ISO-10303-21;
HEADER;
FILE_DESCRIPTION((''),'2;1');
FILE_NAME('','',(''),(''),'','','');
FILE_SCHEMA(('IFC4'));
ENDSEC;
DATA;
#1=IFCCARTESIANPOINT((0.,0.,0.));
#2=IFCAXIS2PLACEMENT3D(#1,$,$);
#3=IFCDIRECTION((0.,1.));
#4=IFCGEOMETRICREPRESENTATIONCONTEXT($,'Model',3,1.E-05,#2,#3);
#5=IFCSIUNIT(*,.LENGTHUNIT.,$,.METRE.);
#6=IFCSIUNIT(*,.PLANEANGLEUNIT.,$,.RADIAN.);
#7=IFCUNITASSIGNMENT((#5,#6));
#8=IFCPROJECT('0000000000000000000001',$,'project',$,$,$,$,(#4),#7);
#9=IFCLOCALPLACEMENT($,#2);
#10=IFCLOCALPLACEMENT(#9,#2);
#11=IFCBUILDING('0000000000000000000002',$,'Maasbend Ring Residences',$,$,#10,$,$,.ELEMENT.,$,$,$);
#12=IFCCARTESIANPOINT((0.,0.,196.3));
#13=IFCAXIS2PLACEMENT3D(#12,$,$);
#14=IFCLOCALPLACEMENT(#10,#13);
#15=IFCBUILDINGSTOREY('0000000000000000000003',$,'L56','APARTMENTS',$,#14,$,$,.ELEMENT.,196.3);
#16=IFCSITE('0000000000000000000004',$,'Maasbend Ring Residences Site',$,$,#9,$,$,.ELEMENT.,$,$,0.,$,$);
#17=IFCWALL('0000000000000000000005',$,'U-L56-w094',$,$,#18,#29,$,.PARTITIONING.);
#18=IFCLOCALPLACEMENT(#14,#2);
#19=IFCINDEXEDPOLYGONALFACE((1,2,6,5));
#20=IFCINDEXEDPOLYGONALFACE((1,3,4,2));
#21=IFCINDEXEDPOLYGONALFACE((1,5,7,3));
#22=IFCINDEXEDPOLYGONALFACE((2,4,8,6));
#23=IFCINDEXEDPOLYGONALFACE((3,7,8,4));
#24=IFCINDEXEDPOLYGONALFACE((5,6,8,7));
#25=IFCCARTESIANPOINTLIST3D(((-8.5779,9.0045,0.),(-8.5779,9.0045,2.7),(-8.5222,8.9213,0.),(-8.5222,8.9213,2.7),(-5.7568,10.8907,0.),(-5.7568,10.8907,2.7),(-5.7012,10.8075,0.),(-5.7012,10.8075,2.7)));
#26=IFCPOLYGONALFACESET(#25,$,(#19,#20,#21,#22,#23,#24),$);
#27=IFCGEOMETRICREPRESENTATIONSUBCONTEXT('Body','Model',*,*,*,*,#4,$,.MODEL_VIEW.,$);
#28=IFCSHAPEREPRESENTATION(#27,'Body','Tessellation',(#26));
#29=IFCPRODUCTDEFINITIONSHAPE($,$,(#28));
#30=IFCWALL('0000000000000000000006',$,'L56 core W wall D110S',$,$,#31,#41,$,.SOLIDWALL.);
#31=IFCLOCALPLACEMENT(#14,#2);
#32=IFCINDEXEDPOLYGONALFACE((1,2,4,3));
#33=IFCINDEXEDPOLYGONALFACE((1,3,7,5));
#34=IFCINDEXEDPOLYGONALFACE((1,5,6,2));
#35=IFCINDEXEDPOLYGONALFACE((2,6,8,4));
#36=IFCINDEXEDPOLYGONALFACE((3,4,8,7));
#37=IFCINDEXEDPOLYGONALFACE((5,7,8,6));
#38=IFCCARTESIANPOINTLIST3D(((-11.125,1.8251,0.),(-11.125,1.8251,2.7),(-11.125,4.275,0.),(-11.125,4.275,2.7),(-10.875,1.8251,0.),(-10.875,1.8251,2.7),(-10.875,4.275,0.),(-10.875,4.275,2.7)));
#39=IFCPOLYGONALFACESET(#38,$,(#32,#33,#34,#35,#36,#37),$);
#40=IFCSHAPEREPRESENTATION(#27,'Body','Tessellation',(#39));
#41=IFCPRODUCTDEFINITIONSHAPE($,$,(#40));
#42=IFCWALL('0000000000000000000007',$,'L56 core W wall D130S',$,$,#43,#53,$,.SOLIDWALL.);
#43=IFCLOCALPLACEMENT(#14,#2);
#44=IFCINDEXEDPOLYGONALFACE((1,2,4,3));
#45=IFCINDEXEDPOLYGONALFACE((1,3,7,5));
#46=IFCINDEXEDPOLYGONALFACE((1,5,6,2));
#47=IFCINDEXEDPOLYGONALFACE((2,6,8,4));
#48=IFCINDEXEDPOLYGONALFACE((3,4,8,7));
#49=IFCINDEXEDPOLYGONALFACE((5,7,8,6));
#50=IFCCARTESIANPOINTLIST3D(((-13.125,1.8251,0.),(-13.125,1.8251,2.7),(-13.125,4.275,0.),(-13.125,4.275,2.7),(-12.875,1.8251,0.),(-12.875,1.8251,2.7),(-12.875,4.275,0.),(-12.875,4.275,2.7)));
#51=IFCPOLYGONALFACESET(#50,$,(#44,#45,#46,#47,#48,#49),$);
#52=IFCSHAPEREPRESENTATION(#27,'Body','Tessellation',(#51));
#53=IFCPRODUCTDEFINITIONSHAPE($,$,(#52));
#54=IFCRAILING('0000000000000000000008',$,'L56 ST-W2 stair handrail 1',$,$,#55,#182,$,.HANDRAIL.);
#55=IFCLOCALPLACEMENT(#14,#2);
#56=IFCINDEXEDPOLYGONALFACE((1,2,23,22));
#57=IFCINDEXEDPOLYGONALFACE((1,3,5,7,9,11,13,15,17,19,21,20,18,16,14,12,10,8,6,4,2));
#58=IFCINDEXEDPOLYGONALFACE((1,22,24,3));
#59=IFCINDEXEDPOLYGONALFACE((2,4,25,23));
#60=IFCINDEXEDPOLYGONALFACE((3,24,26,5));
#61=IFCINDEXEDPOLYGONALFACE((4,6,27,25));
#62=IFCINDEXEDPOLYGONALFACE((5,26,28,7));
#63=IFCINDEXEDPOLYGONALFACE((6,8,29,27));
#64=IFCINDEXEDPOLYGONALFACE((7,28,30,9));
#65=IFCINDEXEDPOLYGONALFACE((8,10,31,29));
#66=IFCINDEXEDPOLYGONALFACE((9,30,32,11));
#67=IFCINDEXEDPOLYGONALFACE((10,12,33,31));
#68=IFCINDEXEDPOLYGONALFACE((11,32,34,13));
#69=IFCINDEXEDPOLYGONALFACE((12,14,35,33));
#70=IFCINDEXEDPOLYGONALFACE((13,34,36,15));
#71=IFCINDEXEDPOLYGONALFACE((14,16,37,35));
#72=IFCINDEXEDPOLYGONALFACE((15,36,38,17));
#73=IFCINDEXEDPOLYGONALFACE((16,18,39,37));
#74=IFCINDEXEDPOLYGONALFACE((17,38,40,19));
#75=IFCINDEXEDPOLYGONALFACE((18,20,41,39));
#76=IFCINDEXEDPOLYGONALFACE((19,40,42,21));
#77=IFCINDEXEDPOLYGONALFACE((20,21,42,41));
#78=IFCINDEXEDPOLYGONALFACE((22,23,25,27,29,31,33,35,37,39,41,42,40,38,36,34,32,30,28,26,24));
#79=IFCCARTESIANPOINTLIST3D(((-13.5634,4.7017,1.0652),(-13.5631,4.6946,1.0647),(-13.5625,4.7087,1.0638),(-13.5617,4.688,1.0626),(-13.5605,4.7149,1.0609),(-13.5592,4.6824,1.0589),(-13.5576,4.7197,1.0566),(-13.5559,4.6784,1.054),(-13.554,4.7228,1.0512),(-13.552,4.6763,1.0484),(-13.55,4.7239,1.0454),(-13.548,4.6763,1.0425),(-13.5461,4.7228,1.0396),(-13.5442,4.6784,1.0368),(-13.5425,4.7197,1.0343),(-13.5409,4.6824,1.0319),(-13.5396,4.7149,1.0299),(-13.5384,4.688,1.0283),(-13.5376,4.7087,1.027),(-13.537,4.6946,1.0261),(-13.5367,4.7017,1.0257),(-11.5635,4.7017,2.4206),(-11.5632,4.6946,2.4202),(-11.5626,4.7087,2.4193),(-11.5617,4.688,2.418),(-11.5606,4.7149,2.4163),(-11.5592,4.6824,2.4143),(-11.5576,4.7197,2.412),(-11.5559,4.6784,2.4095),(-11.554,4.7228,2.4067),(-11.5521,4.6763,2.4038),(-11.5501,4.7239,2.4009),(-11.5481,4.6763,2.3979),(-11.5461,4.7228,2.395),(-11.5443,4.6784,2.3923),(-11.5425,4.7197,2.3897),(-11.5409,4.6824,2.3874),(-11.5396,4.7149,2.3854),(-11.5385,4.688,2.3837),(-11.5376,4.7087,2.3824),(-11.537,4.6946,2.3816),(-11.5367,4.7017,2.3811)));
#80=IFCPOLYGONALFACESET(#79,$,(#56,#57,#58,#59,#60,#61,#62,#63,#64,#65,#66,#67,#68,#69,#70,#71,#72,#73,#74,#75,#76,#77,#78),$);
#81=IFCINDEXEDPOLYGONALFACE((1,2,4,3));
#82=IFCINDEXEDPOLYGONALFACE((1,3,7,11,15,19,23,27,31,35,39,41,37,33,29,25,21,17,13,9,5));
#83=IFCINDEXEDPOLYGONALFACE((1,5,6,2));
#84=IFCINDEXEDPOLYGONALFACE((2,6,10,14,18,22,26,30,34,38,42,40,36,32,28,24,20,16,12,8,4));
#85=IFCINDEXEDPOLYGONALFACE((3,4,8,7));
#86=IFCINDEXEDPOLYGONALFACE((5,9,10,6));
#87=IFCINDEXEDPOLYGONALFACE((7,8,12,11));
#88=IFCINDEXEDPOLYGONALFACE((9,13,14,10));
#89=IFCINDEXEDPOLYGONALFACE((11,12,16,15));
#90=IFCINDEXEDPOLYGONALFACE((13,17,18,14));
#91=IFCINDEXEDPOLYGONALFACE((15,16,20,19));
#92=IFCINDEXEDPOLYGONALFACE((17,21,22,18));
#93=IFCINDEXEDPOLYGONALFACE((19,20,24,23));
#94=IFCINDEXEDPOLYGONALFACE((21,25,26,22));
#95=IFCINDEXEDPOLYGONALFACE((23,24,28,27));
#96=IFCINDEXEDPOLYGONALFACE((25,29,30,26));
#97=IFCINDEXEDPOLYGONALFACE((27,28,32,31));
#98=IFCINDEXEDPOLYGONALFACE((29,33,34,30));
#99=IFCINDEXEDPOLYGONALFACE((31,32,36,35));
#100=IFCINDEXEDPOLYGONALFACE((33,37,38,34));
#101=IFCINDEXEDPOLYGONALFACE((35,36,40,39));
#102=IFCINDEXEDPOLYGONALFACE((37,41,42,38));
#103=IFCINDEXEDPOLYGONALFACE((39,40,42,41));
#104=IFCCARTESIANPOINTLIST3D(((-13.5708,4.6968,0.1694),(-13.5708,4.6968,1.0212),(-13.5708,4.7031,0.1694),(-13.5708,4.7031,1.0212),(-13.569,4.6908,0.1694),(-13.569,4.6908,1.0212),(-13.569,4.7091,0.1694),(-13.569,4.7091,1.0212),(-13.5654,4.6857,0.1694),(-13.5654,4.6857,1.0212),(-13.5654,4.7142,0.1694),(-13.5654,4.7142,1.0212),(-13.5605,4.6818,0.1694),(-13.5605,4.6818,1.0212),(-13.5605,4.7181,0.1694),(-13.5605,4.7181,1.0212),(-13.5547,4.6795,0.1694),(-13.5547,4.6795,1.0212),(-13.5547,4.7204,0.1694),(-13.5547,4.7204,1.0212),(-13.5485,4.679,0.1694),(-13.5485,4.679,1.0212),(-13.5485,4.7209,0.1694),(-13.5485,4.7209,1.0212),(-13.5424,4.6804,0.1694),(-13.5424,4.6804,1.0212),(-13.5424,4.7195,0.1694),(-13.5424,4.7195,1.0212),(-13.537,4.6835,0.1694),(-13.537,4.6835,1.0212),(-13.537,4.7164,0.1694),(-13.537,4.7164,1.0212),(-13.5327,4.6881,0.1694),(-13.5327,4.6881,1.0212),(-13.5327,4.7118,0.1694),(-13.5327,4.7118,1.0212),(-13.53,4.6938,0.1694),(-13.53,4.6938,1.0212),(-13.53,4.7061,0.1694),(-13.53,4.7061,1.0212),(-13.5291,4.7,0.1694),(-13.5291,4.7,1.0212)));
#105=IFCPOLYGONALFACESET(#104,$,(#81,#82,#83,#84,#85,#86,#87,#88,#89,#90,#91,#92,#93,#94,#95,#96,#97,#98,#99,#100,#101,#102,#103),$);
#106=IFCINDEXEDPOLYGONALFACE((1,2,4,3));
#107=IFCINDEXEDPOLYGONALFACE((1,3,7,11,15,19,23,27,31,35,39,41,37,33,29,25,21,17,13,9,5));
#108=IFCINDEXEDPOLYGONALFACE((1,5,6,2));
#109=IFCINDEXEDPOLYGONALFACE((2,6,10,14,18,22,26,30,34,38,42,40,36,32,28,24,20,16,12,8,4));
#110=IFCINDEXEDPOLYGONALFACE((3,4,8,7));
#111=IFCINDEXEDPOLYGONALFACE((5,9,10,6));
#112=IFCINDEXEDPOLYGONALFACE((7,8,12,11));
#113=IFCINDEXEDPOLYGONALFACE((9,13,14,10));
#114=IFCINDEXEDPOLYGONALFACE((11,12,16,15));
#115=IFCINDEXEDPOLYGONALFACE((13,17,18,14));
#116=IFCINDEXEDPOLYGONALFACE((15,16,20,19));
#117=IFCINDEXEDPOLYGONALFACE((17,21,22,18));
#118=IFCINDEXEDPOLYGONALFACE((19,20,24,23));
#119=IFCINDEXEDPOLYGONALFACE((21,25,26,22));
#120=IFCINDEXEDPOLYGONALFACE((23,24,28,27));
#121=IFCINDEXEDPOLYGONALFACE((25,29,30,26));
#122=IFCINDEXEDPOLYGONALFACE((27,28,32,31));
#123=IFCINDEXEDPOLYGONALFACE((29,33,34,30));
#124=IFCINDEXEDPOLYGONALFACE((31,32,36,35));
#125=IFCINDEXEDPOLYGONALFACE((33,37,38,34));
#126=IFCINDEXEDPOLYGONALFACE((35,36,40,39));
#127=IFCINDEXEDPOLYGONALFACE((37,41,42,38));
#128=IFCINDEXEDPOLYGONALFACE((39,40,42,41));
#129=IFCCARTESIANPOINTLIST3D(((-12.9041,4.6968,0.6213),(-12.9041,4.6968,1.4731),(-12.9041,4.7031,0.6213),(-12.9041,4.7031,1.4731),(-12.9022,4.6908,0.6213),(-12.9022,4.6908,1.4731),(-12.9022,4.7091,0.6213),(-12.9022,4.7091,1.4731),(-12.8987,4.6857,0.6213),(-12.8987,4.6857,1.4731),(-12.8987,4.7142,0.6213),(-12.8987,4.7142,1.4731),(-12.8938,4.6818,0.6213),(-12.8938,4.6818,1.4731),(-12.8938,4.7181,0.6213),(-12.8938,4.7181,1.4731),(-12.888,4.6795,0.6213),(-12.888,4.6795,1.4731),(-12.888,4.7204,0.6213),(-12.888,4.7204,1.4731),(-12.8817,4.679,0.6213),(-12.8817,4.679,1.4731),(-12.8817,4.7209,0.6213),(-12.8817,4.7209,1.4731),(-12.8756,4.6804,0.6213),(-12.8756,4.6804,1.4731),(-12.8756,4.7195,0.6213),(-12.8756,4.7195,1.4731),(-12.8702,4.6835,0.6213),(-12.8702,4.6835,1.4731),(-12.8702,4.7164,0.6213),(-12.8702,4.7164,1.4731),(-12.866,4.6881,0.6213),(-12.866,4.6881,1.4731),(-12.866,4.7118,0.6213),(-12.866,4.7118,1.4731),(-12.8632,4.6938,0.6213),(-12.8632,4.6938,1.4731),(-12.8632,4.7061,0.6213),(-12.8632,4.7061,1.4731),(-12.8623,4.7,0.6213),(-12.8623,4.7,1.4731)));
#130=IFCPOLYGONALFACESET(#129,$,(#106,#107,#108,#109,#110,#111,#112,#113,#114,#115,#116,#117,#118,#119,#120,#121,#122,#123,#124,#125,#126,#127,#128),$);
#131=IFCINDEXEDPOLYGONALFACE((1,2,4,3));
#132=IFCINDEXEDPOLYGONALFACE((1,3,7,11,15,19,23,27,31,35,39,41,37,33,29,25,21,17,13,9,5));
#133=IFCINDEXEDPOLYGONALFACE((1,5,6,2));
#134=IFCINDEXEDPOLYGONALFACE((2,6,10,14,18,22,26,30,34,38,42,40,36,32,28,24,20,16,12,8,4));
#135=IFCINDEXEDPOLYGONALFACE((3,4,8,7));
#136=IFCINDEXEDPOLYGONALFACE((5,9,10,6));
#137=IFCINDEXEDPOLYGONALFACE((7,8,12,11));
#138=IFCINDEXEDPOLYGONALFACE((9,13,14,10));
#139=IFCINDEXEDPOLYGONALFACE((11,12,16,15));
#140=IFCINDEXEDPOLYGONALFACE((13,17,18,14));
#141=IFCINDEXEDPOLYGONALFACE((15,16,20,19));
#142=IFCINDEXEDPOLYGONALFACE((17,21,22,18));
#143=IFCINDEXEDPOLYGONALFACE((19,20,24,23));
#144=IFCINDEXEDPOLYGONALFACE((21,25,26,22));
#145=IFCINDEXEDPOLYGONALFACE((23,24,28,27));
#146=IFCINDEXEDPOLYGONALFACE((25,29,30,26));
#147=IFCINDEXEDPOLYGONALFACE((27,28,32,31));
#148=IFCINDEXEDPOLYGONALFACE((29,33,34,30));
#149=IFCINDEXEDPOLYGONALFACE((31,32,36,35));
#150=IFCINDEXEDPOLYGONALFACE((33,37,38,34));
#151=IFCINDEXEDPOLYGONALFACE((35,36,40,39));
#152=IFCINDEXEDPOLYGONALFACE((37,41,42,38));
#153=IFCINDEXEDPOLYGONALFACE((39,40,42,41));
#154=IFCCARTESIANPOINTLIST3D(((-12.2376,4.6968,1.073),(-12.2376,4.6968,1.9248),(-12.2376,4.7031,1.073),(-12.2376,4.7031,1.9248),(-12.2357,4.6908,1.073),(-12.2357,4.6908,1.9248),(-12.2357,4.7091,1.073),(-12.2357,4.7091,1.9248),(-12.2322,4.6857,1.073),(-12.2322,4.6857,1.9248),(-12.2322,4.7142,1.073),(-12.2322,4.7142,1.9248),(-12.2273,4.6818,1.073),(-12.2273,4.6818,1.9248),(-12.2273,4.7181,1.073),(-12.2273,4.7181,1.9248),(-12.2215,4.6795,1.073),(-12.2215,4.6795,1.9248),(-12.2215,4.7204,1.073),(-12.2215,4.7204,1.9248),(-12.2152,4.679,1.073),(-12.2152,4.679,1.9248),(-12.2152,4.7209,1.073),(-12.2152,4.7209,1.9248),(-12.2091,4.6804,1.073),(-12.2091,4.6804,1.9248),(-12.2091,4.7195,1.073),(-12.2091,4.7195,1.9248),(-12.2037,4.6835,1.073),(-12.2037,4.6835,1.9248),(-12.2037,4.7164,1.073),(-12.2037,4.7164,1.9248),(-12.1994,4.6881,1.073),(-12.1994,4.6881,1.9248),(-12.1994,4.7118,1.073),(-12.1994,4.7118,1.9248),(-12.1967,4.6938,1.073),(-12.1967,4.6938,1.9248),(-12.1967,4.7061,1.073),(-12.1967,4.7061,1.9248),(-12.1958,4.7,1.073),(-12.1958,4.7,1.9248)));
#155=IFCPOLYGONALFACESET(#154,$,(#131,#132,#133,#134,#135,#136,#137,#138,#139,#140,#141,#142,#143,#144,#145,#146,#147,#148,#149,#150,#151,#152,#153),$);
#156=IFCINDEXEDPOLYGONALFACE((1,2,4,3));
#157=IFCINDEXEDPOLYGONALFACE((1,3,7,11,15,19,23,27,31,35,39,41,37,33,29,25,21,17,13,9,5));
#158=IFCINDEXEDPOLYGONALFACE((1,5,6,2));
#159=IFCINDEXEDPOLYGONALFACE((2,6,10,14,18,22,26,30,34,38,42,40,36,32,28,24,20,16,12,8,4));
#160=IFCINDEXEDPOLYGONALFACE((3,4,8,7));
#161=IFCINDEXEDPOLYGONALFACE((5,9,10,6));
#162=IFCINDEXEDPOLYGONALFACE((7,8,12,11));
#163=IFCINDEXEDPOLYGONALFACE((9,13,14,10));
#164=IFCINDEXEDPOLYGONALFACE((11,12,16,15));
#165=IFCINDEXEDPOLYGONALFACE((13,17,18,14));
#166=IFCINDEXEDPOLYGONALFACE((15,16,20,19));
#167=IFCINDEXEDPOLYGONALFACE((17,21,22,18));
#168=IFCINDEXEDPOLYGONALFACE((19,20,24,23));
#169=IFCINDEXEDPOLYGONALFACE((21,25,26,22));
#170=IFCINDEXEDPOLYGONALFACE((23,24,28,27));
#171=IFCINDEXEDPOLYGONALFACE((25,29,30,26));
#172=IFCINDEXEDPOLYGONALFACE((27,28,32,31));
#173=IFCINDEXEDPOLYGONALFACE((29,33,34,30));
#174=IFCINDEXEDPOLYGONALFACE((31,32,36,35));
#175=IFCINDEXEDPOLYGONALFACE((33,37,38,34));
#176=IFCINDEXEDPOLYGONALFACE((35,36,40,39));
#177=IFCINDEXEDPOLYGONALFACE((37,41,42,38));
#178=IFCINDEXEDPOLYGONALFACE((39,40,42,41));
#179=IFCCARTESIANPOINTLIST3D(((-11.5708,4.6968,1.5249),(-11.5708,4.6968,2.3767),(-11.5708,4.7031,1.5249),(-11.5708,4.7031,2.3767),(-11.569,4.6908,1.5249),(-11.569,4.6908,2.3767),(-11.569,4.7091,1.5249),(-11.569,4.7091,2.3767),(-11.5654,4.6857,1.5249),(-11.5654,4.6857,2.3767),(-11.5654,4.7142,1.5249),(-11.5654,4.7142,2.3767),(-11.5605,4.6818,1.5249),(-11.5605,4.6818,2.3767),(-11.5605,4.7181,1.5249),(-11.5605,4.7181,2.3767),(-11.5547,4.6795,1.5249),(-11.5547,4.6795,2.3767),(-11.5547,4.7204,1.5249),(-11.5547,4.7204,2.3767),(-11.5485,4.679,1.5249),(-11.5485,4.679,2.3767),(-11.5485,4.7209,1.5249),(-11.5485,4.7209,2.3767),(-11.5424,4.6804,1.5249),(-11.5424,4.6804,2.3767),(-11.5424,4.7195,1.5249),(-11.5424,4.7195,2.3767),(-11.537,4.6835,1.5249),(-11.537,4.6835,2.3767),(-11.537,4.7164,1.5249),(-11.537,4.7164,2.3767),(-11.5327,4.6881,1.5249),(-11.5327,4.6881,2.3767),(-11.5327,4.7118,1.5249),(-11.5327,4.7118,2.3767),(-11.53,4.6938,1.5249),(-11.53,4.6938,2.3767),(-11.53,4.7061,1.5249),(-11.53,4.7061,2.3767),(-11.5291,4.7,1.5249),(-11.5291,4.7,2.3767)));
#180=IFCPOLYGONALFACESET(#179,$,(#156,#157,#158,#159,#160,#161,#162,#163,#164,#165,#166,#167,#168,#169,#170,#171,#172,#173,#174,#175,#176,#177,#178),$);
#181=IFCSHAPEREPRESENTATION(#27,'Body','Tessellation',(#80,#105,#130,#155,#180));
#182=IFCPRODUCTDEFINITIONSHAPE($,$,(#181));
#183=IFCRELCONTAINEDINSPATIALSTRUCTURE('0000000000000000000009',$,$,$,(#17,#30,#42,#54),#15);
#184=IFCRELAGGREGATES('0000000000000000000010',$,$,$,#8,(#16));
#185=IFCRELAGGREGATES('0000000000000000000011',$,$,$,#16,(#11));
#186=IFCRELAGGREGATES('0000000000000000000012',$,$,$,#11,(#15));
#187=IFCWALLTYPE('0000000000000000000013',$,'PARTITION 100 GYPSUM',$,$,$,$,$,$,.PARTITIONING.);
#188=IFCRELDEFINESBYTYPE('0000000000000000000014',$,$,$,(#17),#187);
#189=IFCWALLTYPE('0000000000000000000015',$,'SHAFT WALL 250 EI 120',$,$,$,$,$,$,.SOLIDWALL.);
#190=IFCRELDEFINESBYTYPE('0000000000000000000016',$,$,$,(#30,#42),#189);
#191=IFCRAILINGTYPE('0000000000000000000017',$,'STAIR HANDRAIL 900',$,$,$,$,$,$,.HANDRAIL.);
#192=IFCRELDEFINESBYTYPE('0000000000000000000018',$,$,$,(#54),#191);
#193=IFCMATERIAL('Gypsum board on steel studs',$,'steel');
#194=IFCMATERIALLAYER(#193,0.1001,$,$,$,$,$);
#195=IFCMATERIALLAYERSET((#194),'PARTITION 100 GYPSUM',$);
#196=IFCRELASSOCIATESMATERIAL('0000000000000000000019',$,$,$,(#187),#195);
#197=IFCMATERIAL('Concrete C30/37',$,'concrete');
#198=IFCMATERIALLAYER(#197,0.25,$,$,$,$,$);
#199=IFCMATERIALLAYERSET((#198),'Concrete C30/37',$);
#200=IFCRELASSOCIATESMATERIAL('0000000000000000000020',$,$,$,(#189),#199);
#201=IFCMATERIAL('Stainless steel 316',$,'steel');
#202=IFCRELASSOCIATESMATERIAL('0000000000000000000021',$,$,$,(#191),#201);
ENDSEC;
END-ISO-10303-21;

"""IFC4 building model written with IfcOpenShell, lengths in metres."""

from ifc_helpers import new_model, si_unit, direction, frame, frame_2d, origin, origin_2d, place, context, subcontext, project, spatial, rectangle, circle, extrude, material, layer, layer_set, type_object, element, save


model = new_model("IFC4")

# Units and contexts
model_context = context("Model", 3, precision=1e-05, world=origin(), true_north=direction((0.0, 1.0)))
body_context = subcontext(model_context, "Body", "Model", "MODEL_VIEW")
ifc_project = project(units=[si_unit("LENGTHUNIT", "METRE"), si_unit("PLANEANGLEUNIT", "RADIAN")], contexts=[model_context])

# Site, building, storey
site_placement = place(None, origin())
site = spatial("IfcSite", under=ifc_project, at=site_placement, Name="Maasbend Ring Residences Site", CompositionType="ELEMENT", RefElevation=0.0)
building_placement = place(site_placement, origin())
building = spatial("IfcBuilding", under=site, at=building_placement, Name="Maasbend Ring Residences", CompositionType="ELEMENT")
storey_placement = place(building_placement, frame((0.0, 0.0, 196.3)))
storey = spatial("IfcBuildingStorey", under=building, at=storey_placement, Name="L56", Description="APARTMENTS", CompositionType="ELEMENT", Elevation=196.3)

# Walls
ifc_material_1 = material(Name="Gypsum board on steel studs", Category="steel")
ifc_layer_1 = layer(ifc_material_1, 0.1001)
ifc_layer_set_1 = layer_set([ifc_layer_1], Name="PARTITION 100 GYPSUM")
wall_type_1 = type_object("IfcWallType", Name="PARTITION 100 GYPSUM", PredefinedType="PARTITIONING", material=ifc_layer_set_1)
wall_1_placement = place(storey_placement, frame((-8.55, 8.9629, 0.0), z_axis=(0.0, 0.0, 1.0), x_axis=(0.831297, 0.555829, 0.0)))
element("IfcWall", 1, at=wall_1_placement, inside=storey, type_object=wall_type_1, Name="U-L56-w094", PredefinedType="PARTITIONING", context=body_context, shape_type="SweptSolid", body=[
    extrude(rectangle(XDim=3.3936, YDim=0.1001, at=frame_2d((1.6968, 0.0))), origin(), (0.0, 0.0, 1.0), 2.7),
])
ifc_material_2 = material(Name="Concrete C30/37", Category="concrete")
ifc_layer_2 = layer(ifc_material_2, 0.25)
ifc_layer_set_2 = layer_set([ifc_layer_2], Name="Concrete C30/37")
wall_type_2 = type_object("IfcWallType", Name="SHAFT WALL 250 EI 120", PredefinedType="SOLIDWALL", material=ifc_layer_set_2)
for number, where, z_axis, x_axis, name in (
    (2, (-11.0, 1.825, 0.0), (0.0, 0.0, 1.0), (0.0, 1.0, 0.0), "L56 core W wall D110S"),
    (3, (-13.0, 1.825, 0.0), (0.0, 0.0, 1.0), (0.0, 1.0, 0.0), "L56 core W wall D130S"),
):
    element("IfcWall", number, at=place(storey_placement, frame(where, z_axis=z_axis, x_axis=x_axis)), inside=storey, type_object=wall_type_2, Name=name, PredefinedType="SOLIDWALL", context=body_context, shape_type="SweptSolid", body=[
        extrude(rectangle(XDim=2.45, YDim=0.25, at=frame_2d((1.2251, 0.0))), origin(), (0.0, 0.0, 1.0), 2.7),
    ])

# Railing
ifc_material_3 = material(Name="Stainless steel 316", Category="steel")
railing_type = type_object("IfcRailingType", Name="STAIR HANDRAIL 900", PredefinedType="HANDRAIL", material=ifc_material_3)
railing_1_placement = place(storey_placement, frame((-13.55, 4.7, 0.1694)))
element("IfcRailing", 4, at=railing_1_placement, inside=storey, type_object=railing_type, Name="L56 ST-W2 stair handrail 1", PredefinedType="HANDRAIL", context=body_context, shape_type="SweptSolid", body=[
    extrude(circle(Radius=0.0239, at=origin_2d()), frame((0.0, 0.0, 0.876), z_axis=(0.827798, 0.0, 0.561027), x_axis=(0.0, 1.0, 0.0)), (0.0, 0.0, 1.0), 2.416),
    extrude(circle(Radius=0.021, at=origin_2d()), origin(), (0.0, 0.0, 1.0), 0.8518),
    extrude(circle(Radius=0.021, at=origin_2d()), frame((0.6667, 0.0, 0.4519)), (0.0, 0.0, 1.0), 0.8518),
    extrude(circle(Radius=0.021, at=origin_2d()), frame((1.3333, 0.0, 0.9036)), (0.0, 0.0, 1.0), 0.8518),
    extrude(circle(Radius=0.021, at=origin_2d()), frame((2.0, 0.0, 1.3555)), (0.0, 0.0, 1.0), 0.8518),
])

save(model, "model.ifc")
